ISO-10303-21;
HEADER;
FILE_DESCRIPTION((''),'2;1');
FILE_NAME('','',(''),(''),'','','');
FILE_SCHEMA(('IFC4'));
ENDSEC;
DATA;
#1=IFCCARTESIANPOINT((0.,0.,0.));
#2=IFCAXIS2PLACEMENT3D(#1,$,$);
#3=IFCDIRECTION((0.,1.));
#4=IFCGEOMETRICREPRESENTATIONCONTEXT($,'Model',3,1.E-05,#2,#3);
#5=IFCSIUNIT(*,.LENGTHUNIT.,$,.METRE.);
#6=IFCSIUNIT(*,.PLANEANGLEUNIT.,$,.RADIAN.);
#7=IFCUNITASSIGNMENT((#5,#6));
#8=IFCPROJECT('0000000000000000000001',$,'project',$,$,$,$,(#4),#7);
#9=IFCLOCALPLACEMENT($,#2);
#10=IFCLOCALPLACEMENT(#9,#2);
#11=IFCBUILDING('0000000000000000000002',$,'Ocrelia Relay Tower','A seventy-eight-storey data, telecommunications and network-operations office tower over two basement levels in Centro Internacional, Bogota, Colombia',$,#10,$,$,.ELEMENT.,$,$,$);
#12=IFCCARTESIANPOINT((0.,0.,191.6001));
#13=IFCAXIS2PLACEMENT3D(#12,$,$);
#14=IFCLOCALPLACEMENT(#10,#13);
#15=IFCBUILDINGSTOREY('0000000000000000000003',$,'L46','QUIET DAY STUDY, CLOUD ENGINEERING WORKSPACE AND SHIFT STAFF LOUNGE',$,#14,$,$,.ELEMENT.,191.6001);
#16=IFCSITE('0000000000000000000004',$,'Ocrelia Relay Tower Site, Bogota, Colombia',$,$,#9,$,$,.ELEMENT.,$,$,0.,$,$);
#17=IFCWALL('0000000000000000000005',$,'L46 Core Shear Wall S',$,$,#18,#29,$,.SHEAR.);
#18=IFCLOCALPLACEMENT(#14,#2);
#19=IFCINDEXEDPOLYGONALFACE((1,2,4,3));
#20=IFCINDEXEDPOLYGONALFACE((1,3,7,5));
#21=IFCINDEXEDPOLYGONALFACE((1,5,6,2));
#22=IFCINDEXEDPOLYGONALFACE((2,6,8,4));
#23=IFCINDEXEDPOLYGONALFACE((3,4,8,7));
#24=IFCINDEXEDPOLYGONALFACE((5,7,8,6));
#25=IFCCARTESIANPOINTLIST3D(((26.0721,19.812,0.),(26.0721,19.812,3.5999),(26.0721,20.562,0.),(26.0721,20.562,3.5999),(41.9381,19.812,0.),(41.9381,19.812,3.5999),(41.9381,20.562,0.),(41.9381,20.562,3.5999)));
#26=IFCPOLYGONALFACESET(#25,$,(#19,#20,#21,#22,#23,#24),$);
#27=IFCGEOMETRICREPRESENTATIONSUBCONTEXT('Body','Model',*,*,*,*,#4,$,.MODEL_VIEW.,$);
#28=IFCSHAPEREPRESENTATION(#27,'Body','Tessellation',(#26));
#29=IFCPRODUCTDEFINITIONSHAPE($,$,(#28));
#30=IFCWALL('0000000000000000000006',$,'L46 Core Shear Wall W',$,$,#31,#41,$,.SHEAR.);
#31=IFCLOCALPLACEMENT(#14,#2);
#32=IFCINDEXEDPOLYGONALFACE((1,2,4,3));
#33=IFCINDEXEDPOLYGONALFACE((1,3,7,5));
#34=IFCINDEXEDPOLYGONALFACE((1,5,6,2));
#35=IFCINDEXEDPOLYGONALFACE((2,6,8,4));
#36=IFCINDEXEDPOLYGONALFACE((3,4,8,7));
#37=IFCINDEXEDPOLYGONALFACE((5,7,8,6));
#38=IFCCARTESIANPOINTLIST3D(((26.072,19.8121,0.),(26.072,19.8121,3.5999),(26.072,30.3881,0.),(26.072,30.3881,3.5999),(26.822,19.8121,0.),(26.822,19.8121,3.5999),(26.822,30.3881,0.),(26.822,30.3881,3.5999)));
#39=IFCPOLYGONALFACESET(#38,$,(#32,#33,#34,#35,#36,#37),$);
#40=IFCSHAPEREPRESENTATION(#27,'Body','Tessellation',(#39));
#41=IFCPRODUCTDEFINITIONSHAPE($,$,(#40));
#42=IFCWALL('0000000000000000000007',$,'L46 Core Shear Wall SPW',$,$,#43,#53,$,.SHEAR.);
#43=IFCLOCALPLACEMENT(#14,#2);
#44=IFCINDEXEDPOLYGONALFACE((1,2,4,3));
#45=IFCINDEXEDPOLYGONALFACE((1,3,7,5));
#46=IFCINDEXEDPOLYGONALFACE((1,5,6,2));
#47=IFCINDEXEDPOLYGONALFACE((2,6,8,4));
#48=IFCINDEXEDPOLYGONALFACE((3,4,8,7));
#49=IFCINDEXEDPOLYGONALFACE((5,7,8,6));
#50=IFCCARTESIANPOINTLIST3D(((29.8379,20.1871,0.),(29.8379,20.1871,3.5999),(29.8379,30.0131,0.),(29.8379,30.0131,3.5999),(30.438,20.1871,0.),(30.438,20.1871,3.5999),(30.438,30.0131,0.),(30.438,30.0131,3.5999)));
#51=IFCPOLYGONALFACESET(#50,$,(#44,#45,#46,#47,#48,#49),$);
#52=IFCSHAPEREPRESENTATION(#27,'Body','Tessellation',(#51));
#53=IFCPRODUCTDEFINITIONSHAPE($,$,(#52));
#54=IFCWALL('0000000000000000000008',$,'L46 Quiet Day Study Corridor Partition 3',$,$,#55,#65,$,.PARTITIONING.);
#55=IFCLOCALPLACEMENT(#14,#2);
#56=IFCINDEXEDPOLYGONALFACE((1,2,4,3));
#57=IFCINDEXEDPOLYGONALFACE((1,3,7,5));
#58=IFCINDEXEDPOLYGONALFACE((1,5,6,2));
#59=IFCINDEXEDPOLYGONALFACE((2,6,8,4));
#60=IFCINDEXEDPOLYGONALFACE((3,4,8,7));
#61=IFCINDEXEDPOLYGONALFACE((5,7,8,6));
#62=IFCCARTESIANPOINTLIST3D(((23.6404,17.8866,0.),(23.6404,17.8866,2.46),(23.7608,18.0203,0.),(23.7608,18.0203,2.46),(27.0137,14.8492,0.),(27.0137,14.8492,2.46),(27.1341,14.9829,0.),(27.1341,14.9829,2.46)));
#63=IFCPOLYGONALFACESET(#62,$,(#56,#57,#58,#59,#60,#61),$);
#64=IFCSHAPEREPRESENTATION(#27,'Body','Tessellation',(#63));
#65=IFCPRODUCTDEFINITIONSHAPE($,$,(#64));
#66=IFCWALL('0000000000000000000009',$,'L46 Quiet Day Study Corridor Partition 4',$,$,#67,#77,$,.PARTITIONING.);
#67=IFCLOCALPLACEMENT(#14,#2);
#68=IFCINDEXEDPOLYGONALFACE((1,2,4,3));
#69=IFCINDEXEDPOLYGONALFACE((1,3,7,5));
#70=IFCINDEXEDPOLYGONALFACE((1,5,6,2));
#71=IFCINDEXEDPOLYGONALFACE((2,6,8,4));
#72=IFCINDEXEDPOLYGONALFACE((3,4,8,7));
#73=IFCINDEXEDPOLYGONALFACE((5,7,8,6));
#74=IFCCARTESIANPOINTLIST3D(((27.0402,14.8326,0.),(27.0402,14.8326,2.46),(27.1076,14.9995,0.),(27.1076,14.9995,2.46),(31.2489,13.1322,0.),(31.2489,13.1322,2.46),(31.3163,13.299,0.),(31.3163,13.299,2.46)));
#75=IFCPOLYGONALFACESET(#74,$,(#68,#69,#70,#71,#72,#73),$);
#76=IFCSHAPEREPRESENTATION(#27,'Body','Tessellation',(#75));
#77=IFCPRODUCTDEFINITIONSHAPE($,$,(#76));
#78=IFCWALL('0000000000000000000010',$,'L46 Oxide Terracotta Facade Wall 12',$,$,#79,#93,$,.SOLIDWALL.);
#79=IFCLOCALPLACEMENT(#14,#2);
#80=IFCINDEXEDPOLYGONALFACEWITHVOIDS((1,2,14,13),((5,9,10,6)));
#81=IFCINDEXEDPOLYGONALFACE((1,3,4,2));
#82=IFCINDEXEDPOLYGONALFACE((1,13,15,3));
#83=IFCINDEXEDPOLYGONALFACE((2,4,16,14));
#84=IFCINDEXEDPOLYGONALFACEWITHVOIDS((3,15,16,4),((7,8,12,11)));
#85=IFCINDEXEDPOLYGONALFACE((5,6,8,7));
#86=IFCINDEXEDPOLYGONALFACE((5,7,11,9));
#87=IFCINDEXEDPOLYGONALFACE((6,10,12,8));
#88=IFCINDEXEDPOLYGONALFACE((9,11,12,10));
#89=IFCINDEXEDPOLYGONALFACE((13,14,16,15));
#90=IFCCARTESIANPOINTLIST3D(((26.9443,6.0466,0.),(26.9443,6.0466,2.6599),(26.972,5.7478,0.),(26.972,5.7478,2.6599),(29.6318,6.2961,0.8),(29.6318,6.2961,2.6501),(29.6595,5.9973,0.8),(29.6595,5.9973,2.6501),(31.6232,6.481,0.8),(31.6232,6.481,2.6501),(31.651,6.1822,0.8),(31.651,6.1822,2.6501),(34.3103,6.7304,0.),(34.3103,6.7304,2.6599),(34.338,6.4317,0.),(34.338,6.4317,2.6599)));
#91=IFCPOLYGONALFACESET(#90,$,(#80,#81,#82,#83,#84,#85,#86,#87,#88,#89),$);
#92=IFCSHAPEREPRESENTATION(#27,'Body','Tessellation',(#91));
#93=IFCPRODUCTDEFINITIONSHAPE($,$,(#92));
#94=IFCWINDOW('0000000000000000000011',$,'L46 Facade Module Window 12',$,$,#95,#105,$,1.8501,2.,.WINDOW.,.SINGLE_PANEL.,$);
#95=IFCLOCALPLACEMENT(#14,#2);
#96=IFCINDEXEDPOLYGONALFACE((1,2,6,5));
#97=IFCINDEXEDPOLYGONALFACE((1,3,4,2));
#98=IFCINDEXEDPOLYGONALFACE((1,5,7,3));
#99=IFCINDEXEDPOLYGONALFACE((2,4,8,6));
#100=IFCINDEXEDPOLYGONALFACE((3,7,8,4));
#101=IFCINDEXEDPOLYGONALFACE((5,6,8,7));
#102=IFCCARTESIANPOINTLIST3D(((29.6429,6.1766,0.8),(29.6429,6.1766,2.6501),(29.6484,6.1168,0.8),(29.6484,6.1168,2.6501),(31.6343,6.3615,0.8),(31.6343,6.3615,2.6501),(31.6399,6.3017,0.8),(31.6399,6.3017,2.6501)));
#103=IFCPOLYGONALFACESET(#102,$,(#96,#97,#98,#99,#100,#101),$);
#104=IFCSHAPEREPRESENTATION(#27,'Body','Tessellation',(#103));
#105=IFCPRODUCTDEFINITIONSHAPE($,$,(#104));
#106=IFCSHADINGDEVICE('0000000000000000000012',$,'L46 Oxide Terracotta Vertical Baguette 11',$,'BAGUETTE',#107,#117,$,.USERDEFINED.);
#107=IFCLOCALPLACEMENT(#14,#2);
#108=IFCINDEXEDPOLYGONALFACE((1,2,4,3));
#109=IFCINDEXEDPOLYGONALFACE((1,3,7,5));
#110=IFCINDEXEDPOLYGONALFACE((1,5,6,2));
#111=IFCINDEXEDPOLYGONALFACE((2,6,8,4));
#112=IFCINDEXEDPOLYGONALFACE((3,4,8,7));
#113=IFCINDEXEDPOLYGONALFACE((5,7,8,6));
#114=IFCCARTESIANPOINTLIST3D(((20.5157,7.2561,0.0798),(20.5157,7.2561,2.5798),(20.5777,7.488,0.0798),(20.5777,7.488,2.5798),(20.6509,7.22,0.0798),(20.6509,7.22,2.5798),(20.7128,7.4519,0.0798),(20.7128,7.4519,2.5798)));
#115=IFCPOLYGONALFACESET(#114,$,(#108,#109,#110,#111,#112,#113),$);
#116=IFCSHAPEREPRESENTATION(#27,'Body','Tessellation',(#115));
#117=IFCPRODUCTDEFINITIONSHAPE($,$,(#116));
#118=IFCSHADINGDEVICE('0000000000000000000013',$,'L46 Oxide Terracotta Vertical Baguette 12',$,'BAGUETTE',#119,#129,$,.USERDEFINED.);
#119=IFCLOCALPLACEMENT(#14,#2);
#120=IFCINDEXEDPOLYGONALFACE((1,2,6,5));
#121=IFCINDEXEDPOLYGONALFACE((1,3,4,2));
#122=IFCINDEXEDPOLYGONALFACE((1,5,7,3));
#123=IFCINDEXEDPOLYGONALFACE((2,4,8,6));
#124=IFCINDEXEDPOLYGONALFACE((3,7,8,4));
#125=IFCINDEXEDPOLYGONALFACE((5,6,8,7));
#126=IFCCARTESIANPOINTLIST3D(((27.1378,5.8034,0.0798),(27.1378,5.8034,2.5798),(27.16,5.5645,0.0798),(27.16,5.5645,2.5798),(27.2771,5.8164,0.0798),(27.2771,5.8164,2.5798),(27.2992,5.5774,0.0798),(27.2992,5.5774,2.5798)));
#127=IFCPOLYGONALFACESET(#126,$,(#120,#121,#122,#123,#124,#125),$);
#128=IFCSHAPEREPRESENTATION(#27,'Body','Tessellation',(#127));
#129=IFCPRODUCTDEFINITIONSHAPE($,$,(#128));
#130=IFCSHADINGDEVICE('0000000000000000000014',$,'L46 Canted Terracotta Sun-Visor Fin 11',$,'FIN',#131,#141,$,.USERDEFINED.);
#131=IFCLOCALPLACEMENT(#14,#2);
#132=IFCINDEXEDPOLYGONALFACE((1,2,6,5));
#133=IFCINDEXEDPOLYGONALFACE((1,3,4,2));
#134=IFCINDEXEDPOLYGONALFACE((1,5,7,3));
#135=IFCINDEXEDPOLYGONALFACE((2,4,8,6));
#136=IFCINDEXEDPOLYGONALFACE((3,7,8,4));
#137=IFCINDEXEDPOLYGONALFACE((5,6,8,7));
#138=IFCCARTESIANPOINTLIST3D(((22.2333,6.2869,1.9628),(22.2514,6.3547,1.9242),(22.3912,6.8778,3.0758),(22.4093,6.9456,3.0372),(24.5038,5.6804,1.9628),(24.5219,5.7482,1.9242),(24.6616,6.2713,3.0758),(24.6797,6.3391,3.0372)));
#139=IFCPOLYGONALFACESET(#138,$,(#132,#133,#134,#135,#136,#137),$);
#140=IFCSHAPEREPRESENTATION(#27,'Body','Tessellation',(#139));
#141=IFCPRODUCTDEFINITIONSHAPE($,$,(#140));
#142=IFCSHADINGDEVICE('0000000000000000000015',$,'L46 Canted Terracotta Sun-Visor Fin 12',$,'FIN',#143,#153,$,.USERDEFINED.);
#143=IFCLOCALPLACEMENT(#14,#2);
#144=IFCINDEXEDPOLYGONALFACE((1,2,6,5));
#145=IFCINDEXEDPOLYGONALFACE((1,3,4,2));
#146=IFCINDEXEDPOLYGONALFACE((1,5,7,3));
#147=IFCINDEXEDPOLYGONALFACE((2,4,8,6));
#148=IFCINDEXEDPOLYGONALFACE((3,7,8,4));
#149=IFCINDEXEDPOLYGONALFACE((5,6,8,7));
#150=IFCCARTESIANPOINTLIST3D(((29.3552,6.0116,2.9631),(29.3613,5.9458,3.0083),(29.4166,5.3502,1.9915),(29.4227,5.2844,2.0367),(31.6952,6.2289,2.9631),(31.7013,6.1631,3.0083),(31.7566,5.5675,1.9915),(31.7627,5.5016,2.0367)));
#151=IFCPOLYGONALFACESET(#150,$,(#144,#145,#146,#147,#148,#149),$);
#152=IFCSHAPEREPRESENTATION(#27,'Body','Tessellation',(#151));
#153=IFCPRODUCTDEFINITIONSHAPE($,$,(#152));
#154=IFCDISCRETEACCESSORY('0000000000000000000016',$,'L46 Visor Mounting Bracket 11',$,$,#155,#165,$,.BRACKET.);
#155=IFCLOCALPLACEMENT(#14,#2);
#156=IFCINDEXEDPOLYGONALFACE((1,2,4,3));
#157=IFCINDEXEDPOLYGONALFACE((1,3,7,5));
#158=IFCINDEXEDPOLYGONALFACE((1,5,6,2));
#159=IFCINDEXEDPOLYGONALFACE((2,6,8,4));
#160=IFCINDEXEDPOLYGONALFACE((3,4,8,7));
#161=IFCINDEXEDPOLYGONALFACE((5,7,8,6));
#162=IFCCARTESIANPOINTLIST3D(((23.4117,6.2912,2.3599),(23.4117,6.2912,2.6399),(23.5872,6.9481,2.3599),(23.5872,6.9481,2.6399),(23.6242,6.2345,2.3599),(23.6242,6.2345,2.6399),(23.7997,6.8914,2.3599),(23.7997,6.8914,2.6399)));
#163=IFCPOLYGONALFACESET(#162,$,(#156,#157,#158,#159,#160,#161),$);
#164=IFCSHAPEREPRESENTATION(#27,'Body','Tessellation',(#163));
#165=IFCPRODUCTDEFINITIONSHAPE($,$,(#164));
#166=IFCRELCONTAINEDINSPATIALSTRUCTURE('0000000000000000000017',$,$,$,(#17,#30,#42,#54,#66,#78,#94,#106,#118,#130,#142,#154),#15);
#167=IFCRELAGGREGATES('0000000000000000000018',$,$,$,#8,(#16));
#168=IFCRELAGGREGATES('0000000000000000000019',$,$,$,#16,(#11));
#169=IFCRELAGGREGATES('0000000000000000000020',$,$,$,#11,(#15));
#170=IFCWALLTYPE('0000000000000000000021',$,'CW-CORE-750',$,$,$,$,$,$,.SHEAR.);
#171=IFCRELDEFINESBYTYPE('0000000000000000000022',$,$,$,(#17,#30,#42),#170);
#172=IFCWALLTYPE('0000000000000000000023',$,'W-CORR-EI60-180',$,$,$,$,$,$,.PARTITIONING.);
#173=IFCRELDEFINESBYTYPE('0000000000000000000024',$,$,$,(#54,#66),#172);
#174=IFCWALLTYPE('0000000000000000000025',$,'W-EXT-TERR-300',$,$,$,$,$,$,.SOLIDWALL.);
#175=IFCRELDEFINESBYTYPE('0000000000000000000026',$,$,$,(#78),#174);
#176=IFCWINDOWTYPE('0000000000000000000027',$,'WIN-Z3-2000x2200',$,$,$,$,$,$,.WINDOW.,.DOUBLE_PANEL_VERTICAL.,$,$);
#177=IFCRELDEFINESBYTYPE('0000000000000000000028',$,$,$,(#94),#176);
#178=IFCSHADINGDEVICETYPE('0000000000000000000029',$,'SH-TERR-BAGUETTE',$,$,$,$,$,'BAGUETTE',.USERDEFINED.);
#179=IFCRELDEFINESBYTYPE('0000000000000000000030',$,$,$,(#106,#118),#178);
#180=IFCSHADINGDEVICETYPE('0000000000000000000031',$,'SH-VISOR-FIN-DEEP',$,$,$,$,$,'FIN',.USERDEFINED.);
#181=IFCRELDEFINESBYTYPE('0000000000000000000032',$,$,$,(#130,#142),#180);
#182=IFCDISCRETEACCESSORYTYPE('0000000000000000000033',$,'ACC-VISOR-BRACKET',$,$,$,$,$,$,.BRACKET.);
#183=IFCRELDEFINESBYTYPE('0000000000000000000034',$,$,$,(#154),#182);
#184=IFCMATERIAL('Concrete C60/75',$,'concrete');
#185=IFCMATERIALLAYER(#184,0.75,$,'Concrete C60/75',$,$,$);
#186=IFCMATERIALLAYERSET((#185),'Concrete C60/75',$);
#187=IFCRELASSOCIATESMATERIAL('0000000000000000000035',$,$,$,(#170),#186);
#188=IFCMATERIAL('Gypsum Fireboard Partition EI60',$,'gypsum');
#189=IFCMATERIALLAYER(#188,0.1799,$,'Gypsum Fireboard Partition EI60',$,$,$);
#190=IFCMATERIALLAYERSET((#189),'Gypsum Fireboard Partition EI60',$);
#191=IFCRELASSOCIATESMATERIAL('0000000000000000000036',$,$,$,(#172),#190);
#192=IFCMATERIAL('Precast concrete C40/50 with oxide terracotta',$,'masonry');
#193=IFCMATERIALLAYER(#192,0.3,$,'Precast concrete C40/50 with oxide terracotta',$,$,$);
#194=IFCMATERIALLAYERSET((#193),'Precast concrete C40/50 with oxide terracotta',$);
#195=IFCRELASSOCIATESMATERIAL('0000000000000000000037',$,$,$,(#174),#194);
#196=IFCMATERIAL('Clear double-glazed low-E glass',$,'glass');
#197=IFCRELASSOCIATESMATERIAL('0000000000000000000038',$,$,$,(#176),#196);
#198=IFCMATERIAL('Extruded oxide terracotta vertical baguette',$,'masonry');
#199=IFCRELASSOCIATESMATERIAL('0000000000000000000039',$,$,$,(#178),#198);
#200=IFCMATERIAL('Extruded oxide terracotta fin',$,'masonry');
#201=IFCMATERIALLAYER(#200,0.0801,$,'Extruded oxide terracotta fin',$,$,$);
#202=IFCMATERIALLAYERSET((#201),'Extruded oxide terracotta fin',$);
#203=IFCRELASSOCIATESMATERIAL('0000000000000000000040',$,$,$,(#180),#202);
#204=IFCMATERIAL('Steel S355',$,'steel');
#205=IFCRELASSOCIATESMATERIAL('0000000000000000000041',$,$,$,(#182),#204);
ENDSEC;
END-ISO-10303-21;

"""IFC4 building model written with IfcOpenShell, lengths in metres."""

from ifc_helpers import new_model, si_unit, direction, frame, frame_2d, origin, origin_2d, place, context, subcontext, project, spatial, rectangle, extrude, material, layer, layer_set, type_object, element, fill, save


model = new_model("IFC4")

# Units and contexts
model_context = context("Model", 3, precision=1e-05, world=origin(), true_north=direction((0.0, 1.0)))
body_context = subcontext(model_context, "Body", "Model", "MODEL_VIEW")
ifc_project = project(units=[si_unit("LENGTHUNIT", "METRE"), si_unit("PLANEANGLEUNIT", "RADIAN")], contexts=[model_context])

# Site, building, storey
site_placement = place(None, origin())
site = spatial("IfcSite", under=ifc_project, at=site_placement, Name="Ocrelia Relay Tower Site, Bogota, Colombia", CompositionType="ELEMENT", RefElevation=0.0)
building_placement = place(site_placement, origin())
building = spatial("IfcBuilding", under=site, at=building_placement, Name="Ocrelia Relay Tower", Description="A seventy-eight-storey data, telecommunications and network-operations office tower over two basement levels in Centro Internacional, Bogota, Colombia", CompositionType="ELEMENT")
storey_placement = place(building_placement, frame((0.0, 0.0, 191.6001)))
storey = spatial("IfcBuildingStorey", under=building, at=storey_placement, Name="L46", Description="QUIET DAY STUDY, CLOUD ENGINEERING WORKSPACE AND SHIFT STAFF LOUNGE", CompositionType="ELEMENT", Elevation=191.6001)

# Shared definitions
ifc_material_1 = material(Name="Concrete C60/75", Category="concrete")

# Shared definitions
ifc_material_2 = material(Name="Steel S355", Category="steel")

# Walls
ifc_layer_1 = layer(ifc_material_1, 0.75, Name="Concrete C60/75")
ifc_layer_set_1 = layer_set([ifc_layer_1], Name="Concrete C60/75")
wall_type_1 = type_object("IfcWallType", Name="CW-CORE-750", PredefinedType="SHEAR", material=ifc_layer_set_1)
wall_1_placement = place(storey_placement, frame((26.072, 20.187, 0.0), z_axis=(0.0, 0.0, 1.0), x_axis=(1.0, 0.0, 0.0)))
element("IfcWall", 1, at=wall_1_placement, inside=storey, type_object=wall_type_1, Name="L46 Core Shear Wall S", PredefinedType="SHEAR", context=body_context, shape_type="SweptSolid", body=[
    extrude(rectangle(XDim=15.866, YDim=0.75, at=frame_2d((7.9331, 0.0))), origin(), (0.0, 0.0, 1.0), 3.5999),
])
wall_2_placement = place(storey_placement, frame((26.447, 19.812, 0.0), z_axis=(0.0, 0.0, 1.0), x_axis=(0.0, 1.0, 0.0)))
element("IfcWall", 2, at=wall_2_placement, inside=storey, type_object=wall_type_1, Name="L46 Core Shear Wall W", PredefinedType="SHEAR", context=body_context, shape_type="SweptSolid", body=[
    extrude(rectangle(XDim=10.5759, YDim=0.75, at=frame_2d((5.2881, 0.0))), origin(), (0.0, 0.0, 1.0), 3.5999),
])
wall_3_placement = place(storey_placement, frame((30.1379, 20.187, 0.0), z_axis=(0.0, 0.0, 1.0), x_axis=(0.0, 1.0, 0.0)))
element("IfcWall", 3, at=wall_3_placement, inside=storey, type_object=wall_type_1, Name="L46 Core Shear Wall SPW", PredefinedType="SHEAR", context=body_context, shape_type="SweptSolid", body=[
    extrude(rectangle(XDim=9.8259, YDim=0.6001, at=frame_2d((4.9131, 0.0))), origin(), (0.0, 0.0, 1.0), 3.5999),
])
ifc_material_3 = material(Name="Gypsum Fireboard Partition EI60", Category="gypsum")
ifc_layer_2 = layer(ifc_material_3, 0.1799, Name="Gypsum Fireboard Partition EI60")
ifc_layer_set_2 = layer_set([ifc_layer_2], Name="Gypsum Fireboard Partition EI60")
wall_type_2 = type_object("IfcWallType", Name="W-CORR-EI60-180", PredefinedType="PARTITIONING", material=ifc_layer_set_2)
for number, where, z_axis, x_axis, name in (
    (4, (23.7007, 17.9534, 0.0), (0.0, 0.0, 1.0), (0.743142, -0.669134, 0.0), "L46 Quiet Day Study Corridor Partition 3"),
    (5, (27.074, 14.916, 0.0), (0.0, 0.0, 1.0), (0.927184, -0.374606, 0.0), "L46 Quiet Day Study Corridor Partition 4"),
):
    element("IfcWall", number, at=place(storey_placement, frame(where, z_axis=z_axis, x_axis=x_axis)), inside=storey, type_object=wall_type_2, Name=name, PredefinedType="PARTITIONING", context=body_context, shape_type="SweptSolid", body=[
        extrude(rectangle(XDim=4.5393, YDim=0.1799, at=frame_2d((2.2695, 0.0))), origin(), (0.0, 0.0, 1.0), 2.46),
    ])

# Wall, opening, window
ifc_material_4 = material(Name="Precast concrete C40/50 with oxide terracotta", Category="masonry")
ifc_layer_3 = layer(ifc_material_4, 0.3, Name="Precast concrete C40/50 with oxide terracotta")
ifc_layer_set_3 = layer_set([ifc_layer_3], Name="Precast concrete C40/50 with oxide terracotta")
wall_type_3 = type_object("IfcWallType", Name="W-EXT-TERR-300", PredefinedType="SOLIDWALL", material=ifc_layer_set_3)
wall_4_placement = place(storey_placement, frame((26.9583, 5.8972, 0.0), z_axis=(0.0, 0.0, 1.0), x_axis=(0.995718, 0.09244, 0.0)))
wall_4 = element("IfcWall", 6, at=wall_4_placement, inside=storey, type_object=wall_type_3, Name="L46 Oxide Terracotta Facade Wall 12", PredefinedType="SOLIDWALL", context=body_context, shape_type="SweptSolid", body=[
    extrude(rectangle(XDim=7.3977, YDim=0.3, at=frame_2d((3.6987, 0.0))), origin(), (0.0, 0.0, 1.0), 2.6599),
])
opening_placement = place(wall_4_placement, frame((2.699, 0.0, 0.8)))
opening = element("IfcOpeningElement", 7, at=opening_placement, cuts=wall_4, PredefinedType="OPENING", context=body_context, shape_type="SweptSolid", body=[
    extrude(rectangle(XDim=2.0, YDim=1.8501, at=frame_2d((1.0, 0.925))), frame((0.0, 0.1602, 0.0), z_axis=(0.0, -1.0, 0.0), x_axis=(1.0, 0.0, 0.0)), (0.0, 0.0, 1.0), 0.3201),
])
ifc_material_5 = material(Name="Clear double-glazed low-E glass", Category="glass")
window_type = type_object("IfcWindowType", Name="WIN-Z3-2000x2200", PartitioningType="DOUBLE_PANEL_VERTICAL", PredefinedType="WINDOW", material=ifc_material_5)
window_placement = place(opening_placement, origin())
window = element("IfcWindow", 8, at=window_placement, inside=storey, type_object=window_type, Name="L46 Facade Module Window 12", OverallHeight=1.8501, OverallWidth=2.0, PartitioningType="SINGLE_PANEL", PredefinedType="WINDOW", context=body_context, shape_type="SweptSolid", body=[
    extrude(rectangle(XDim=2.0, YDim=1.8501, at=frame_2d((1.0, 0.925))), frame((0.0, 0.03, 0.0), z_axis=(0.0, -1.0, 0.0), x_axis=(1.0, 0.0, 0.0)), (0.0, 0.0, 1.0), 0.0601),
])
fill(opening, window)

# Shading devices
ifc_material_6 = material(Name="Extruded oxide terracotta vertical baguette", Category="masonry")
shading_device_type_1 = type_object("IfcShadingDeviceType", Name="SH-TERR-BAGUETTE", ElementType="BAGUETTE", PredefinedType="USERDEFINED", material=ifc_material_6)
for number, where, z_axis, x_axis, name in (
    (9, (20.6143, 7.354, 0.0798), (0.0, 0.0, 1.0), (0.966122, -0.258087, 0.0), "L46 Oxide Terracotta Vertical Baguette 11"),
    (10, (27.2185, 5.6904, 0.0798), (0.0, 0.0, 1.0), (0.995717, 0.092449, 0.0), "L46 Oxide Terracotta Vertical Baguette 12"),
):
    element("IfcShadingDevice", number, at=place(storey_placement, frame(where, z_axis=z_axis, x_axis=x_axis)), inside=storey, type_object=shading_device_type_1, Name=name, ObjectType="BAGUETTE", PredefinedType="USERDEFINED", context=body_context, shape_type="SweptSolid", body=[
        extrude(rectangle(XDim=0.1399, YDim=0.24, at=origin_2d()), origin(), (0.0, 0.0, 1.0), 2.5),
    ])
ifc_material_7 = material(Name="Extruded oxide terracotta fin", Category="masonry")
ifc_layer_4 = layer(ifc_material_7, 0.0801, Name="Extruded oxide terracotta fin")
ifc_layer_set_4 = layer_set([ifc_layer_4], Name="Extruded oxide terracotta fin")
shading_device_type_2 = type_object("IfcShadingDeviceType", Name="SH-VISOR-FIN-DEEP", ElementType="FIN", PredefinedType="USERDEFINED", material=ifc_layer_set_4)
shading_device_1_placement = place(storey_placement, frame((23.4656, 6.3469, 2.4807), z_axis=(-0.226185, -0.8467, 0.481601), x_axis=(0.966122, -0.258087, 0.0)))
element("IfcShadingDevice", 11, at=shading_device_1_placement, inside=storey, type_object=shading_device_type_2, Name="L46 Canted Terracotta Sun-Visor Fin 11", ObjectType="FIN", PredefinedType="USERDEFINED", context=body_context, shape_type="SweptSolid", body=[
    extrude(rectangle(XDim=2.3501, YDim=1.27, at=origin_2d()), origin(), (0.0, 0.0, 1.0), 0.0801),
])
shading_device_2_placement = place(storey_placement, frame((30.5559, 5.7896, 2.4773), z_axis=(0.076317, -0.821972, 0.564391), x_axis=(0.995717, 0.092449, 0.0)))
element("IfcShadingDevice", 12, at=shading_device_2_placement, inside=storey, type_object=shading_device_type_2, Name="L46 Canted Terracotta Sun-Visor Fin 12", ObjectType="FIN", PredefinedType="USERDEFINED", context=body_context, shape_type="SweptSolid", body=[
    extrude(rectangle(XDim=2.3501, YDim=1.177, at=origin_2d()), origin(), (0.0, 0.0, 1.0), 0.0801),
])

# Discrete accessory
discrete_accessory_type = type_object("IfcDiscreteAccessoryType", Name="ACC-VISOR-BRACKET", PredefinedType="BRACKET", material=ifc_material_2)
discrete_accessory_placement = place(storey_placement, frame((23.6057, 6.5913, 2.3599), z_axis=(0.0, 0.0, 1.0), x_axis=(0.966122, -0.258087, 0.0)))
element("IfcDiscreteAccessory", 13, at=discrete_accessory_placement, inside=storey, type_object=discrete_accessory_type, Name="L46 Visor Mounting Bracket 11", PredefinedType="BRACKET", context=body_context, shape_type="SweptSolid", body=[
    extrude(rectangle(XDim=0.22, YDim=0.6799, at=origin_2d()), origin(), (0.0, 0.0, 1.0), 0.28),
])

save(model, "model.ifc")
